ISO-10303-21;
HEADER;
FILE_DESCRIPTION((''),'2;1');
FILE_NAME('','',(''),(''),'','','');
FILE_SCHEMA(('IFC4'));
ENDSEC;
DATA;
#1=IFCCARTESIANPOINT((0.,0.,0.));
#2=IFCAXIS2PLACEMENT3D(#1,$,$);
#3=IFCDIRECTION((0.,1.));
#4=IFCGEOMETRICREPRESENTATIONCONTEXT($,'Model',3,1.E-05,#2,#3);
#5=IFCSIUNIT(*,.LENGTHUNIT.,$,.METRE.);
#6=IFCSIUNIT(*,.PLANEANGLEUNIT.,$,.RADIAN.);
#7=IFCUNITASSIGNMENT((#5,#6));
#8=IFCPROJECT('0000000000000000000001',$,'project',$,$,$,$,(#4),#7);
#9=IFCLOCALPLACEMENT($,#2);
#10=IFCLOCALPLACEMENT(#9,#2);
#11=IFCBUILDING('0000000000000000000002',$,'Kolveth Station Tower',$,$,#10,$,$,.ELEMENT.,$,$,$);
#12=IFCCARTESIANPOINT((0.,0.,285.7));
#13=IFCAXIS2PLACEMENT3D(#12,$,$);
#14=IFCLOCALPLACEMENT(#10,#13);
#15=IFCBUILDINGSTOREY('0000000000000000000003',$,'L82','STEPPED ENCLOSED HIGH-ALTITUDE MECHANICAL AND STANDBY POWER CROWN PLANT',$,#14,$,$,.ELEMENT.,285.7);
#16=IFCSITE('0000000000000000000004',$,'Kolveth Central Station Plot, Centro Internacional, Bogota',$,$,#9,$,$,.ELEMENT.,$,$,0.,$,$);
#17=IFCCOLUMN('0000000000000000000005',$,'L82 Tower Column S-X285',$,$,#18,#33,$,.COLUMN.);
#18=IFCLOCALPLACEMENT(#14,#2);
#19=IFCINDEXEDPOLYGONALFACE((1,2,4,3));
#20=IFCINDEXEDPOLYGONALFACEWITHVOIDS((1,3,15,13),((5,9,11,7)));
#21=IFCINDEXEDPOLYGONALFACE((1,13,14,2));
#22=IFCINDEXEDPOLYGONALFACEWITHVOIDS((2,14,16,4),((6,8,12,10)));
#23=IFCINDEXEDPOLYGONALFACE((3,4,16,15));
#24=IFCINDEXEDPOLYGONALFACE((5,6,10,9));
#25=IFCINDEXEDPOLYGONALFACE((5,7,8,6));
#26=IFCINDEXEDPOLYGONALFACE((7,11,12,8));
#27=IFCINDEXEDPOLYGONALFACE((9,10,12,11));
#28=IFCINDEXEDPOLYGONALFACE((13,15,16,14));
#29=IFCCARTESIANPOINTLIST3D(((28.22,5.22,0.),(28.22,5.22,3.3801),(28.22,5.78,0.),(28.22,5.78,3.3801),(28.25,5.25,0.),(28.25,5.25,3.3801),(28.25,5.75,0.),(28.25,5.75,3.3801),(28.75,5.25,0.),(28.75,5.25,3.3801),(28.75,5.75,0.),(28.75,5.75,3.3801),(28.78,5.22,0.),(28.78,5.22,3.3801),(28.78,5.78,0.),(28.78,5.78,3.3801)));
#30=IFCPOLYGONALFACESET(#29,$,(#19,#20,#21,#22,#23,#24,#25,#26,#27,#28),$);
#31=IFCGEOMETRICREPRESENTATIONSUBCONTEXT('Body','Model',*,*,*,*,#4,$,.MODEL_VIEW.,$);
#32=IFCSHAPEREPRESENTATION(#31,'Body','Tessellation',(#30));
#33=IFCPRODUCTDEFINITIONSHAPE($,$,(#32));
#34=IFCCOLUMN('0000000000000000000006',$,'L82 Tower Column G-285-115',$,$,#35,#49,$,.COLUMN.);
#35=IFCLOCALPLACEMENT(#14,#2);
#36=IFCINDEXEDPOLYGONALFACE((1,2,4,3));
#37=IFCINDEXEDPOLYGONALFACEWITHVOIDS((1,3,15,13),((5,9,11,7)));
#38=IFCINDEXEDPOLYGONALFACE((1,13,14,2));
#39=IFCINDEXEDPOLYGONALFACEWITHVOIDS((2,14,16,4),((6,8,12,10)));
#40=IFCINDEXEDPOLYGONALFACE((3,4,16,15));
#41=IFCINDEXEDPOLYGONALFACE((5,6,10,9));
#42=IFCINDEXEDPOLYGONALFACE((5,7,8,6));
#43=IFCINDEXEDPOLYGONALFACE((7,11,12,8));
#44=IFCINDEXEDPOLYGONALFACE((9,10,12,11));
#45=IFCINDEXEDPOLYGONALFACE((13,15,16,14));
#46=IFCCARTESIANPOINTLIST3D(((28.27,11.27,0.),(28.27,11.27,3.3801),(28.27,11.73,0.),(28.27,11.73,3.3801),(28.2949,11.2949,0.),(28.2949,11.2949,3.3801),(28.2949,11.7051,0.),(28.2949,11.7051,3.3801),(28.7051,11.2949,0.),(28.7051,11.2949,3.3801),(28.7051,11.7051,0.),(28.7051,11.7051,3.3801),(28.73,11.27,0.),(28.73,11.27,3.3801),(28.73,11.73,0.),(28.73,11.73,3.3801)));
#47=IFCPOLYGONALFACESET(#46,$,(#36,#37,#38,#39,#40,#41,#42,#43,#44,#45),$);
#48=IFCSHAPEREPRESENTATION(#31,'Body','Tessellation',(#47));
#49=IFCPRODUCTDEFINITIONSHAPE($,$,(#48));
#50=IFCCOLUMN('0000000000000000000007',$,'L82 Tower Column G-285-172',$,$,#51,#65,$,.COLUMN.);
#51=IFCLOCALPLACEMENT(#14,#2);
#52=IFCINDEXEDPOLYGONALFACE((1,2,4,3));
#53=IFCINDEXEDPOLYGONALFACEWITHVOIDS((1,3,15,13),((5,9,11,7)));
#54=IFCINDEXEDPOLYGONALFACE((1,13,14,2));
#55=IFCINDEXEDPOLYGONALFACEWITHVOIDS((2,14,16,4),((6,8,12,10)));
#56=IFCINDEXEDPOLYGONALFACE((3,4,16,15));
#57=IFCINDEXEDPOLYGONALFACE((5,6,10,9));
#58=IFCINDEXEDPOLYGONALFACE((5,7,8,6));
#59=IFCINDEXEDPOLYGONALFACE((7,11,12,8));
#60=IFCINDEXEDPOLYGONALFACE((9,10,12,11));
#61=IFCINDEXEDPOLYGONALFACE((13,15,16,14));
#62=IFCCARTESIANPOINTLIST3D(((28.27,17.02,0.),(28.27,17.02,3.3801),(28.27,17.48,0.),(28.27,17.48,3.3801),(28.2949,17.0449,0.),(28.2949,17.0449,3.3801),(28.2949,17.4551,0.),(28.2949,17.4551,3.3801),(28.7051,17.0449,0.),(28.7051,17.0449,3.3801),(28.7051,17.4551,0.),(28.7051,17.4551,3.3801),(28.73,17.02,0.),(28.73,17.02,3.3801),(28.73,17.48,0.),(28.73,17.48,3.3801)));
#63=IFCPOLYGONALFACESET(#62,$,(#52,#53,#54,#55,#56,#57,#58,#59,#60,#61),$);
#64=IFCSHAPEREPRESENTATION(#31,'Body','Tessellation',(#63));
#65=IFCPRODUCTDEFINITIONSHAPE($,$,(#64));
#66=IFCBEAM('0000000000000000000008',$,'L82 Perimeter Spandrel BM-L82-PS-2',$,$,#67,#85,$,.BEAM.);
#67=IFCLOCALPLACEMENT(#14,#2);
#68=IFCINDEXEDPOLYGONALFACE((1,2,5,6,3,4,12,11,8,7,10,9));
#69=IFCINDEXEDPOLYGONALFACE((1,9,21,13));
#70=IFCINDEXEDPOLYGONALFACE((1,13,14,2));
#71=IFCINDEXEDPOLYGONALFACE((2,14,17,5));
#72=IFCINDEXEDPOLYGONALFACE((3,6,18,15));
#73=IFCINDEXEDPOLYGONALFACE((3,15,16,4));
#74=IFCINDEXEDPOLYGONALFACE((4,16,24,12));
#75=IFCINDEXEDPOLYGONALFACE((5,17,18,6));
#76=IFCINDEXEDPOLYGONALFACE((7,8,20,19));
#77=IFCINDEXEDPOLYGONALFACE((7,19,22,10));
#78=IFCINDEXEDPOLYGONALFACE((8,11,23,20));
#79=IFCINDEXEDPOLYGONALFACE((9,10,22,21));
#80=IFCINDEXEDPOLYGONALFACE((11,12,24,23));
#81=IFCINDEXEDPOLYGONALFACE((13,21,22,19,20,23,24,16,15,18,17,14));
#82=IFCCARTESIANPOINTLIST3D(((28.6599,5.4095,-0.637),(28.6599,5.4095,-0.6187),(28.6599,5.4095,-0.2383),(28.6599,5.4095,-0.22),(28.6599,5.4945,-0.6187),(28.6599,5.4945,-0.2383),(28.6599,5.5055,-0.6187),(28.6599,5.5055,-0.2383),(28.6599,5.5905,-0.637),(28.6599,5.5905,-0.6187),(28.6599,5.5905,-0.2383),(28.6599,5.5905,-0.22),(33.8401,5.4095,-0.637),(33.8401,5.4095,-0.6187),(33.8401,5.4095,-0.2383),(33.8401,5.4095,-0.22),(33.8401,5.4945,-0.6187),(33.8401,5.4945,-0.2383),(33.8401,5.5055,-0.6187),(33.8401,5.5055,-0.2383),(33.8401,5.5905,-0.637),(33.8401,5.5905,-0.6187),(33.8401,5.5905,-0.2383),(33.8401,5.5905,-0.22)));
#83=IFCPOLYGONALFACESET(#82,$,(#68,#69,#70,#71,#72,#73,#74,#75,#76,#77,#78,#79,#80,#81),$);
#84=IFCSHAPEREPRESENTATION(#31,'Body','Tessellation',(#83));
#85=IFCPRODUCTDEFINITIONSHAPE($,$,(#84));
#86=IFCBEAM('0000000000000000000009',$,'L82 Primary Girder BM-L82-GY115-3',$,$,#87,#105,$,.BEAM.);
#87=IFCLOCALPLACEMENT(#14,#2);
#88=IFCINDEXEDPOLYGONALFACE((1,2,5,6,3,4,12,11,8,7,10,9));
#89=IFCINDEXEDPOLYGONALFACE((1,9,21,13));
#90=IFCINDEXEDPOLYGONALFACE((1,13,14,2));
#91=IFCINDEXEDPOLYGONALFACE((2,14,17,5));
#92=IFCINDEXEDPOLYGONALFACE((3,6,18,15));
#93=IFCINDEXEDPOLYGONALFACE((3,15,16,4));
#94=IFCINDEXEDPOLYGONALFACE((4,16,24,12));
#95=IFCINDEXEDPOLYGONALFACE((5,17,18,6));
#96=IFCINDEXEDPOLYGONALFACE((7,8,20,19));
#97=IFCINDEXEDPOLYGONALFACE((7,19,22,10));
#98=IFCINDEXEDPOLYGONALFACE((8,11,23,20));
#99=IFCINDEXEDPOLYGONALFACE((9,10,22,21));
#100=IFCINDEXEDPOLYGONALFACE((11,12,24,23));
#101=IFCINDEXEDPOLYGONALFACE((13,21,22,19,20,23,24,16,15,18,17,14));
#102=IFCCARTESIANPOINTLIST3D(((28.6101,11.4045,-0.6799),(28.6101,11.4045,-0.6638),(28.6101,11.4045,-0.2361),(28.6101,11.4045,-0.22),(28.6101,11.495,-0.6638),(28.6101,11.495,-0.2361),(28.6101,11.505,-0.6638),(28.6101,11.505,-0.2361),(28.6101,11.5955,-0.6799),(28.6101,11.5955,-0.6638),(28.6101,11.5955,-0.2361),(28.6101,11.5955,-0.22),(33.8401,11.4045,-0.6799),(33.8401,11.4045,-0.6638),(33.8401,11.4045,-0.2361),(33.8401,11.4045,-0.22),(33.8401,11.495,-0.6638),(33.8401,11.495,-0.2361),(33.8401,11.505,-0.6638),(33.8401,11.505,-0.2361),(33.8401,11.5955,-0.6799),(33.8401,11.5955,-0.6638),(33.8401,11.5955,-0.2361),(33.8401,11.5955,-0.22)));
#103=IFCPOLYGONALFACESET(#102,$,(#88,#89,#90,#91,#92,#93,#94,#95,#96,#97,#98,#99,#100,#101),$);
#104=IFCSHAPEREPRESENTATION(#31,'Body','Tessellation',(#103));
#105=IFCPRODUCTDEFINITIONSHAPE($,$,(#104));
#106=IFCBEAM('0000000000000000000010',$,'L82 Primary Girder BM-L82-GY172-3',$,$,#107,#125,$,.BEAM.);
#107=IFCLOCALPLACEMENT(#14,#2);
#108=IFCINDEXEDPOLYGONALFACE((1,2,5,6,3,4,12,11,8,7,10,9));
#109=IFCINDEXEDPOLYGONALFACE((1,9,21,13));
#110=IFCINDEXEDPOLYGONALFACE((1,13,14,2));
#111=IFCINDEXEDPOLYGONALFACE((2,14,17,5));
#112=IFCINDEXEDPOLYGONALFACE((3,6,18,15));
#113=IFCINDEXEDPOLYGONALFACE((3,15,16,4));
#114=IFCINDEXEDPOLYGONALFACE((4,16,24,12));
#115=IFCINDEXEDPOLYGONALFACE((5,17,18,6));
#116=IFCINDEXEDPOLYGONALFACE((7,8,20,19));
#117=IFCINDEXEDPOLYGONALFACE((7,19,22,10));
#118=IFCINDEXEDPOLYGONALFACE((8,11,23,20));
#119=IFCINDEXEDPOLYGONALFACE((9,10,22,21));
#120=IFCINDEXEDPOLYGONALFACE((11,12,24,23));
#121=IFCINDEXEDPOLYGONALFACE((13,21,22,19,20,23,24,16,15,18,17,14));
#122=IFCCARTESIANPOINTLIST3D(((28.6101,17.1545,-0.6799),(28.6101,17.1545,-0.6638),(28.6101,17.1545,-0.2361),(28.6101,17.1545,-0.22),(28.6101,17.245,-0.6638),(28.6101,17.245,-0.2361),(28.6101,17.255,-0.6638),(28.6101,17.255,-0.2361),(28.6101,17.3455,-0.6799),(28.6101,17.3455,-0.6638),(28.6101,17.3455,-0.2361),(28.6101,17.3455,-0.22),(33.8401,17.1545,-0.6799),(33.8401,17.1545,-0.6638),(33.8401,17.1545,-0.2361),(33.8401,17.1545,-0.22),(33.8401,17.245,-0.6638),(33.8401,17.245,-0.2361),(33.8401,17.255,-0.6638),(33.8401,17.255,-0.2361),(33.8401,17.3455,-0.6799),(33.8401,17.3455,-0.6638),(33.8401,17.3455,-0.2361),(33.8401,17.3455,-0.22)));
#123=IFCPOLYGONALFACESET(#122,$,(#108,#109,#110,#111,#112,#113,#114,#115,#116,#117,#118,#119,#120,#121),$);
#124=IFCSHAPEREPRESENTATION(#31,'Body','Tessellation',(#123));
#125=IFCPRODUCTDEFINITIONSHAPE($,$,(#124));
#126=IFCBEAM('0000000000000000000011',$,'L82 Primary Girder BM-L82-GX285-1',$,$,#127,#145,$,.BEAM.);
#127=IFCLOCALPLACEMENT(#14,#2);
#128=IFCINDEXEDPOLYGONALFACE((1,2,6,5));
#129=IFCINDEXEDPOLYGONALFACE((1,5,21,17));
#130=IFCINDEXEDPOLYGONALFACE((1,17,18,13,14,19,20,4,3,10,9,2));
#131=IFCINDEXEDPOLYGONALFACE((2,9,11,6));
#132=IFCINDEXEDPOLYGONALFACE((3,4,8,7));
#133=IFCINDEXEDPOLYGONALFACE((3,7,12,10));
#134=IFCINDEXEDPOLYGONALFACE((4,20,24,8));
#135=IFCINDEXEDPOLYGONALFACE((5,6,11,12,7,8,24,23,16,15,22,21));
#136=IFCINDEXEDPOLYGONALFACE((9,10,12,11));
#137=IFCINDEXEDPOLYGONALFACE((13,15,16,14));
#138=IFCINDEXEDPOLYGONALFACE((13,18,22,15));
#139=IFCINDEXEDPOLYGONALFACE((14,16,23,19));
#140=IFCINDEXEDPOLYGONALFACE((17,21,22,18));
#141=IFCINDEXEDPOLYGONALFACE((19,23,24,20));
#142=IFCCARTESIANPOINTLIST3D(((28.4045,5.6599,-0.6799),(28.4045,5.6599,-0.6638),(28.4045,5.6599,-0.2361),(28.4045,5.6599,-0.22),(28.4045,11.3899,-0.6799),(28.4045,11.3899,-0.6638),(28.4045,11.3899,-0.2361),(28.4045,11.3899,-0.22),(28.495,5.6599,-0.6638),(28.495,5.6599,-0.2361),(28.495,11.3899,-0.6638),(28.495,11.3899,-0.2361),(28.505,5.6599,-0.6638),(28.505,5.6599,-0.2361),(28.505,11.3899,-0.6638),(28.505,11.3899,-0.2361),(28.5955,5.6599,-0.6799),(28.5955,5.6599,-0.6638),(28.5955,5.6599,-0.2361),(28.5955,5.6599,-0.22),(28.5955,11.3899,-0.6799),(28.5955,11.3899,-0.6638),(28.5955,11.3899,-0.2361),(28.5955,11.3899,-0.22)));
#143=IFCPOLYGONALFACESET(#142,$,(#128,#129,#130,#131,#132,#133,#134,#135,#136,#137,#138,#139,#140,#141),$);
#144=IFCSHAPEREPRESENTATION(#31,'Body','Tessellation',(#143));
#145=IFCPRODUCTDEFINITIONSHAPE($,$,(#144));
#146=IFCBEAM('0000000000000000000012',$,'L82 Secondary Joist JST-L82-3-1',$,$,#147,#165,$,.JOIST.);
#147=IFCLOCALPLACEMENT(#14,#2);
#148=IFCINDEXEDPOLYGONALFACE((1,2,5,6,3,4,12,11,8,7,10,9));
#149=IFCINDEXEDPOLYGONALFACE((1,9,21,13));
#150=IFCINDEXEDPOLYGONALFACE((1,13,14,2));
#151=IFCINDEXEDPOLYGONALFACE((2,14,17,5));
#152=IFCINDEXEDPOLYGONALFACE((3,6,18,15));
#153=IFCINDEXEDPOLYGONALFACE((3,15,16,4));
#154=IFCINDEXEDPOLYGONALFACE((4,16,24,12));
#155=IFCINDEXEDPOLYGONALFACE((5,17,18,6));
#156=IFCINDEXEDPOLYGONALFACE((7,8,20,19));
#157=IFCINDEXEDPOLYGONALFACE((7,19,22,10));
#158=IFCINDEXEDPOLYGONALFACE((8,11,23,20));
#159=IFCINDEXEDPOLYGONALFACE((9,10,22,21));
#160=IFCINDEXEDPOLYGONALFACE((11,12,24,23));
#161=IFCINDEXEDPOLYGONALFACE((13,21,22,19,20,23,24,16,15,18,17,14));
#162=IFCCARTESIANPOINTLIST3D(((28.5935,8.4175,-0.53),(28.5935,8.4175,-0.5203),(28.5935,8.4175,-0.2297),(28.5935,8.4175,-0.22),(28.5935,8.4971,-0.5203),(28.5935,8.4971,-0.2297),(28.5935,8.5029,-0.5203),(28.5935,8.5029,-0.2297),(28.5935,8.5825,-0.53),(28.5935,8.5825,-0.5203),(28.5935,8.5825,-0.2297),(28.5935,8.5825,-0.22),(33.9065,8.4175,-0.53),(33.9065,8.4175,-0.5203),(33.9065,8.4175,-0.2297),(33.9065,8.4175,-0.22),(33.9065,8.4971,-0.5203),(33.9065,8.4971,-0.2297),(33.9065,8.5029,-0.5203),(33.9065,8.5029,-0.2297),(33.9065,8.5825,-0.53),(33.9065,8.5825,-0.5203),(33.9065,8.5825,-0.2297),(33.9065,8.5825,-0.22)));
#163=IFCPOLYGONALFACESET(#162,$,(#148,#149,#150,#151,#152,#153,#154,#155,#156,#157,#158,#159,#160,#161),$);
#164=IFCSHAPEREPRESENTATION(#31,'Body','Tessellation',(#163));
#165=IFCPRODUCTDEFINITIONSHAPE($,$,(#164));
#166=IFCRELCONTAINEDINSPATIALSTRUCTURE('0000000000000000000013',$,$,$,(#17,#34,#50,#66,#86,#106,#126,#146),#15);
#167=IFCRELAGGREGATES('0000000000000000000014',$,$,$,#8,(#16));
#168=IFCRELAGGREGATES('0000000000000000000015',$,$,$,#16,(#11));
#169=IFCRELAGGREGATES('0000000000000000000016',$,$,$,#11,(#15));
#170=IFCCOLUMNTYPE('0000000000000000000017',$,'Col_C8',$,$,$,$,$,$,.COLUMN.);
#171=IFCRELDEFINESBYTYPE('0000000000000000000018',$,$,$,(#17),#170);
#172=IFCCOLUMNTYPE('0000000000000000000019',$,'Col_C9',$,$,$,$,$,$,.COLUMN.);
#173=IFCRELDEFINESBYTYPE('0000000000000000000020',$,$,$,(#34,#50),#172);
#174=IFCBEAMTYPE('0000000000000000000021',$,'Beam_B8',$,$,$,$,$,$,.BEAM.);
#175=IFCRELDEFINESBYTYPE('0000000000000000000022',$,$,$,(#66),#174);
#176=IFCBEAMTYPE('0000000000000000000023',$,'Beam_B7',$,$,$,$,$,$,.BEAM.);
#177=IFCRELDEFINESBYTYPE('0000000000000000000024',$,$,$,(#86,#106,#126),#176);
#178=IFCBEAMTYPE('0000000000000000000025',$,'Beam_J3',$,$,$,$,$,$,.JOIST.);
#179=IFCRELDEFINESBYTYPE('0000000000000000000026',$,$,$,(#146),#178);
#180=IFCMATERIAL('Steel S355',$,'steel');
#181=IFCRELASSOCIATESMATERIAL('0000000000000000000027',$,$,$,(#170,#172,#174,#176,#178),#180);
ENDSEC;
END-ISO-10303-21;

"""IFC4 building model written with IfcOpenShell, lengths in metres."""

from ifc_helpers import new_model, si_unit, direction, frame, origin, origin_2d, place, context, subcontext, project, spatial, hollow_rectangle, i_section, extrude, source, transform, mapped, material, material_profile, profile_set, type_object, element, save


model = new_model("IFC4")

# Units and contexts
model_context = context("Model", 3, precision=1e-05, world=origin(), true_north=direction((0.0, 1.0)))
body_context = subcontext(model_context, "Body", "Model", "MODEL_VIEW")
ifc_project = project(units=[si_unit("LENGTHUNIT", "METRE"), si_unit("PLANEANGLEUNIT", "RADIAN")], contexts=[model_context])

# Site, building, storey
site_placement = place(None, origin())
site = spatial("IfcSite", under=ifc_project, at=site_placement, Name="Kolveth Central Station Plot, Centro Internacional, Bogota", CompositionType="ELEMENT", RefElevation=0.0)
building_placement = place(site_placement, origin())
building = spatial("IfcBuilding", under=site, at=building_placement, Name="Kolveth Station Tower", CompositionType="ELEMENT")
storey_placement = place(building_placement, frame((0.0, 0.0, 285.7)))
storey = spatial("IfcBuildingStorey", under=building, at=storey_placement, Name="L82", Description="STEPPED ENCLOSED HIGH-ALTITUDE MECHANICAL AND STANDBY POWER CROWN PLANT", CompositionType="ELEMENT", Elevation=285.7)

# Columns
ifc_material_1 = material(Name="Steel S355", Category="steel")
ifc_material_profile_1 = material_profile(ifc_material_1, hollow_rectangle(XDim=0.5601, YDim=0.5601, WallThickness=0.03, at=origin_2d()), Name="BOX560x560x30")
ifc_profile_set_1 = profile_set([ifc_material_profile_1], Name="Steel S355")
column_type_1 = type_object("IfcColumnType", Name="Col_C8", PredefinedType="COLUMN", material=ifc_profile_set_1)
shared_shape_1 = source(origin(), body_context, "Body", "SweptSolid", [
    extrude(hollow_rectangle(XDim=0.5601, YDim=0.5601, WallThickness=0.03, at=origin_2d()), origin(), (0.0, 0.0, 1.0), 3.3801),
])
column_placement = place(storey_placement, frame((28.5, 5.5, 0.0), z_axis=(0.0, 0.0, 1.0), x_axis=(1.0, 0.0, 0.0)))
element("IfcColumn", 1, at=column_placement, inside=storey, type_object=column_type_1, Name="L82 Tower Column S-X285", PredefinedType="COLUMN", context=body_context, shape_type="MappedRepresentation", body=[
    mapped(shared_shape_1, transform((0.0, 0.0, 0.0), x_axis=(1.0, 0.0, 0.0), y_axis=(0.0, 1.0, 0.0), z_axis=(0.0, 0.0, 1.0), scale=1.0)),
])
ifc_material_profile_2 = material_profile(ifc_material_1, hollow_rectangle(XDim=0.46, YDim=0.46, WallThickness=0.0249, at=origin_2d()), Name="BOX460x460x25")
ifc_profile_set_2 = profile_set([ifc_material_profile_2], Name="Steel S355")
column_type_2 = type_object("IfcColumnType", Name="Col_C9", PredefinedType="COLUMN", material=ifc_profile_set_2)
shared_shape_2 = source(origin(), body_context, "Body", "SweptSolid", [
    extrude(hollow_rectangle(XDim=0.46, YDim=0.46, WallThickness=0.0249, at=origin_2d()), origin(), (0.0, 0.0, 1.0), 3.3801),
])
for number, where, z_axis, x_axis, name in (
    (2, (28.5, 11.5, 0.0), (0.0, 0.0, 1.0), (1.0, 0.0, 0.0), "L82 Tower Column G-285-115"),
    (3, (28.5, 17.25, 0.0), (0.0, 0.0, 1.0), (1.0, 0.0, 0.0), "L82 Tower Column G-285-172"),
):
    element("IfcColumn", number, at=place(storey_placement, frame(where, z_axis=z_axis, x_axis=x_axis)), inside=storey, type_object=column_type_2, Name=name, PredefinedType="COLUMN", context=body_context, shape_type="MappedRepresentation", body=[
        mapped(shared_shape_2, transform((0.0, 0.0, 0.0), x_axis=(1.0, 0.0, 0.0), y_axis=(0.0, 1.0, 0.0), z_axis=(0.0, 0.0, 1.0), scale=1.0)),
    ])

# Beams
ifc_material_profile_3 = material_profile(ifc_material_1, i_section(OverallWidth=0.1809, OverallDepth=0.417, WebThickness=0.011, FlangeThickness=0.0183, at=origin_2d()), Name="W410x85")
ifc_profile_set_3 = profile_set([ifc_material_profile_3], Name="Steel S355")
beam_type_1 = type_object("IfcBeamType", Name="Beam_B8", PredefinedType="BEAM", material=ifc_profile_set_3)
shared_shape_3 = source(origin(), body_context, "Body", "SweptSolid", [
    extrude(i_section(OverallWidth=0.1809, OverallDepth=0.417, WebThickness=0.011, FlangeThickness=0.0183, at=origin_2d()), origin(), (0.0, 0.0, 1.0), 5.1802),
])
beam_1_placement = place(storey_placement, frame((28.6599, 5.5, -0.4285), z_axis=(1.0, 0.0, 0.0), x_axis=(0.0, 1.0, 0.0)))
element("IfcBeam", 4, at=beam_1_placement, inside=storey, type_object=beam_type_1, Name="L82 Perimeter Spandrel BM-L82-PS-2", PredefinedType="BEAM", context=body_context, shape_type="MappedRepresentation", body=[
    mapped(shared_shape_3, transform((0.0, 0.0, 0.0), x_axis=(1.0, 0.0, 0.0), y_axis=(0.0, 1.0, 0.0), z_axis=(0.0, 0.0, 1.0), scale=1.0)),
])
ifc_material_profile_4 = material_profile(ifc_material_1, i_section(OverallWidth=0.1909, OverallDepth=0.46, WebThickness=0.01, FlangeThickness=0.0161, at=origin_2d()), Name="W460x82")
ifc_profile_set_4 = profile_set([ifc_material_profile_4], Name="Steel S355")
beam_type_2 = type_object("IfcBeamType", Name="Beam_B7", PredefinedType="BEAM", material=ifc_profile_set_4)
shared_shape_4 = source(origin(), body_context, "Body", "SweptSolid", [
    extrude(i_section(OverallWidth=0.1909, OverallDepth=0.46, WebThickness=0.01, FlangeThickness=0.0161, at=origin_2d()), origin(), (0.0, 0.0, 1.0), 5.23),
])
for number, where, z_axis, x_axis, name in (
    (5, (28.6101, 11.5, -0.45), (1.0, 0.0, 0.0), (0.0, 1.0, 0.0), "L82 Primary Girder BM-L82-GY115-3"),
    (6, (28.6101, 17.25, -0.45), (1.0, 0.0, 0.0), (0.0, 1.0, 0.0), "L82 Primary Girder BM-L82-GY172-3"),
):
    element("IfcBeam", number, at=place(storey_placement, frame(where, z_axis=z_axis, x_axis=x_axis)), inside=storey, type_object=beam_type_2, Name=name, PredefinedType="BEAM", context=body_context, shape_type="MappedRepresentation", body=[
        mapped(shared_shape_4, transform((0.0, 0.0, 0.0), x_axis=(1.0, 0.0, 0.0), y_axis=(0.0, 1.0, 0.0), z_axis=(0.0, 0.0, 1.0), scale=1.0)),
    ])
shared_shape_5 = source(origin(), body_context, "Body", "SweptSolid", [
    extrude(i_section(OverallWidth=0.1909, OverallDepth=0.46, WebThickness=0.01, FlangeThickness=0.0161, at=origin_2d()), origin(), (0.0, 0.0, 1.0), 5.73),
])
beam_2_placement = place(storey_placement, frame((28.5, 5.6599, -0.45), z_axis=(0.0, 1.0, 0.0), x_axis=(-1.0, 0.0, 0.0)))
element("IfcBeam", 7, at=beam_2_placement, inside=storey, type_object=beam_type_2, Name="L82 Primary Girder BM-L82-GX285-1", PredefinedType="BEAM", context=body_context, shape_type="MappedRepresentation", body=[
    mapped(shared_shape_5, transform((0.0, 0.0, 0.0), x_axis=(1.0, 0.0, 0.0), y_axis=(0.0, 1.0, 0.0), z_axis=(0.0, 0.0, 1.0), scale=1.0)),
])
ifc_material_profile_5 = material_profile(ifc_material_1, i_section(OverallWidth=0.165, OverallDepth=0.3101, WebThickness=0.0059, FlangeThickness=0.0098, at=origin_2d()), Name="W310x39")
ifc_profile_set_5 = profile_set([ifc_material_profile_5], Name="Steel S355")
beam_type_3 = type_object("IfcBeamType", Name="Beam_J3", PredefinedType="JOIST", material=ifc_profile_set_5)
shared_shape_6 = source(origin(), body_context, "Body", "SweptSolid", [
    extrude(i_section(OverallWidth=0.165, OverallDepth=0.3101, WebThickness=0.0059, FlangeThickness=0.0098, at=origin_2d()), origin(), (0.0, 0.0, 1.0), 5.313),
])
for number, where, z_axis, x_axis, name in (
    (8, (28.5935, 8.5, -0.375), (1.0, 0.0, 0.0), (0.0, 1.0, 0.0), "L82 Secondary Joist JST-L82-3-1"),
):
    element("IfcBeam", number, at=place(storey_placement, frame(where, z_axis=z_axis, x_axis=x_axis)), inside=storey, type_object=beam_type_3, Name=name, PredefinedType="JOIST", context=body_context, shape_type="MappedRepresentation", body=[
        mapped(shared_shape_6, transform((0.0, 0.0, 0.0), x_axis=(1.0, 0.0, 0.0), y_axis=(0.0, 1.0, 0.0), z_axis=(0.0, 0.0, 1.0), scale=1.0)),
    ])

save(model, "model.ifc")
